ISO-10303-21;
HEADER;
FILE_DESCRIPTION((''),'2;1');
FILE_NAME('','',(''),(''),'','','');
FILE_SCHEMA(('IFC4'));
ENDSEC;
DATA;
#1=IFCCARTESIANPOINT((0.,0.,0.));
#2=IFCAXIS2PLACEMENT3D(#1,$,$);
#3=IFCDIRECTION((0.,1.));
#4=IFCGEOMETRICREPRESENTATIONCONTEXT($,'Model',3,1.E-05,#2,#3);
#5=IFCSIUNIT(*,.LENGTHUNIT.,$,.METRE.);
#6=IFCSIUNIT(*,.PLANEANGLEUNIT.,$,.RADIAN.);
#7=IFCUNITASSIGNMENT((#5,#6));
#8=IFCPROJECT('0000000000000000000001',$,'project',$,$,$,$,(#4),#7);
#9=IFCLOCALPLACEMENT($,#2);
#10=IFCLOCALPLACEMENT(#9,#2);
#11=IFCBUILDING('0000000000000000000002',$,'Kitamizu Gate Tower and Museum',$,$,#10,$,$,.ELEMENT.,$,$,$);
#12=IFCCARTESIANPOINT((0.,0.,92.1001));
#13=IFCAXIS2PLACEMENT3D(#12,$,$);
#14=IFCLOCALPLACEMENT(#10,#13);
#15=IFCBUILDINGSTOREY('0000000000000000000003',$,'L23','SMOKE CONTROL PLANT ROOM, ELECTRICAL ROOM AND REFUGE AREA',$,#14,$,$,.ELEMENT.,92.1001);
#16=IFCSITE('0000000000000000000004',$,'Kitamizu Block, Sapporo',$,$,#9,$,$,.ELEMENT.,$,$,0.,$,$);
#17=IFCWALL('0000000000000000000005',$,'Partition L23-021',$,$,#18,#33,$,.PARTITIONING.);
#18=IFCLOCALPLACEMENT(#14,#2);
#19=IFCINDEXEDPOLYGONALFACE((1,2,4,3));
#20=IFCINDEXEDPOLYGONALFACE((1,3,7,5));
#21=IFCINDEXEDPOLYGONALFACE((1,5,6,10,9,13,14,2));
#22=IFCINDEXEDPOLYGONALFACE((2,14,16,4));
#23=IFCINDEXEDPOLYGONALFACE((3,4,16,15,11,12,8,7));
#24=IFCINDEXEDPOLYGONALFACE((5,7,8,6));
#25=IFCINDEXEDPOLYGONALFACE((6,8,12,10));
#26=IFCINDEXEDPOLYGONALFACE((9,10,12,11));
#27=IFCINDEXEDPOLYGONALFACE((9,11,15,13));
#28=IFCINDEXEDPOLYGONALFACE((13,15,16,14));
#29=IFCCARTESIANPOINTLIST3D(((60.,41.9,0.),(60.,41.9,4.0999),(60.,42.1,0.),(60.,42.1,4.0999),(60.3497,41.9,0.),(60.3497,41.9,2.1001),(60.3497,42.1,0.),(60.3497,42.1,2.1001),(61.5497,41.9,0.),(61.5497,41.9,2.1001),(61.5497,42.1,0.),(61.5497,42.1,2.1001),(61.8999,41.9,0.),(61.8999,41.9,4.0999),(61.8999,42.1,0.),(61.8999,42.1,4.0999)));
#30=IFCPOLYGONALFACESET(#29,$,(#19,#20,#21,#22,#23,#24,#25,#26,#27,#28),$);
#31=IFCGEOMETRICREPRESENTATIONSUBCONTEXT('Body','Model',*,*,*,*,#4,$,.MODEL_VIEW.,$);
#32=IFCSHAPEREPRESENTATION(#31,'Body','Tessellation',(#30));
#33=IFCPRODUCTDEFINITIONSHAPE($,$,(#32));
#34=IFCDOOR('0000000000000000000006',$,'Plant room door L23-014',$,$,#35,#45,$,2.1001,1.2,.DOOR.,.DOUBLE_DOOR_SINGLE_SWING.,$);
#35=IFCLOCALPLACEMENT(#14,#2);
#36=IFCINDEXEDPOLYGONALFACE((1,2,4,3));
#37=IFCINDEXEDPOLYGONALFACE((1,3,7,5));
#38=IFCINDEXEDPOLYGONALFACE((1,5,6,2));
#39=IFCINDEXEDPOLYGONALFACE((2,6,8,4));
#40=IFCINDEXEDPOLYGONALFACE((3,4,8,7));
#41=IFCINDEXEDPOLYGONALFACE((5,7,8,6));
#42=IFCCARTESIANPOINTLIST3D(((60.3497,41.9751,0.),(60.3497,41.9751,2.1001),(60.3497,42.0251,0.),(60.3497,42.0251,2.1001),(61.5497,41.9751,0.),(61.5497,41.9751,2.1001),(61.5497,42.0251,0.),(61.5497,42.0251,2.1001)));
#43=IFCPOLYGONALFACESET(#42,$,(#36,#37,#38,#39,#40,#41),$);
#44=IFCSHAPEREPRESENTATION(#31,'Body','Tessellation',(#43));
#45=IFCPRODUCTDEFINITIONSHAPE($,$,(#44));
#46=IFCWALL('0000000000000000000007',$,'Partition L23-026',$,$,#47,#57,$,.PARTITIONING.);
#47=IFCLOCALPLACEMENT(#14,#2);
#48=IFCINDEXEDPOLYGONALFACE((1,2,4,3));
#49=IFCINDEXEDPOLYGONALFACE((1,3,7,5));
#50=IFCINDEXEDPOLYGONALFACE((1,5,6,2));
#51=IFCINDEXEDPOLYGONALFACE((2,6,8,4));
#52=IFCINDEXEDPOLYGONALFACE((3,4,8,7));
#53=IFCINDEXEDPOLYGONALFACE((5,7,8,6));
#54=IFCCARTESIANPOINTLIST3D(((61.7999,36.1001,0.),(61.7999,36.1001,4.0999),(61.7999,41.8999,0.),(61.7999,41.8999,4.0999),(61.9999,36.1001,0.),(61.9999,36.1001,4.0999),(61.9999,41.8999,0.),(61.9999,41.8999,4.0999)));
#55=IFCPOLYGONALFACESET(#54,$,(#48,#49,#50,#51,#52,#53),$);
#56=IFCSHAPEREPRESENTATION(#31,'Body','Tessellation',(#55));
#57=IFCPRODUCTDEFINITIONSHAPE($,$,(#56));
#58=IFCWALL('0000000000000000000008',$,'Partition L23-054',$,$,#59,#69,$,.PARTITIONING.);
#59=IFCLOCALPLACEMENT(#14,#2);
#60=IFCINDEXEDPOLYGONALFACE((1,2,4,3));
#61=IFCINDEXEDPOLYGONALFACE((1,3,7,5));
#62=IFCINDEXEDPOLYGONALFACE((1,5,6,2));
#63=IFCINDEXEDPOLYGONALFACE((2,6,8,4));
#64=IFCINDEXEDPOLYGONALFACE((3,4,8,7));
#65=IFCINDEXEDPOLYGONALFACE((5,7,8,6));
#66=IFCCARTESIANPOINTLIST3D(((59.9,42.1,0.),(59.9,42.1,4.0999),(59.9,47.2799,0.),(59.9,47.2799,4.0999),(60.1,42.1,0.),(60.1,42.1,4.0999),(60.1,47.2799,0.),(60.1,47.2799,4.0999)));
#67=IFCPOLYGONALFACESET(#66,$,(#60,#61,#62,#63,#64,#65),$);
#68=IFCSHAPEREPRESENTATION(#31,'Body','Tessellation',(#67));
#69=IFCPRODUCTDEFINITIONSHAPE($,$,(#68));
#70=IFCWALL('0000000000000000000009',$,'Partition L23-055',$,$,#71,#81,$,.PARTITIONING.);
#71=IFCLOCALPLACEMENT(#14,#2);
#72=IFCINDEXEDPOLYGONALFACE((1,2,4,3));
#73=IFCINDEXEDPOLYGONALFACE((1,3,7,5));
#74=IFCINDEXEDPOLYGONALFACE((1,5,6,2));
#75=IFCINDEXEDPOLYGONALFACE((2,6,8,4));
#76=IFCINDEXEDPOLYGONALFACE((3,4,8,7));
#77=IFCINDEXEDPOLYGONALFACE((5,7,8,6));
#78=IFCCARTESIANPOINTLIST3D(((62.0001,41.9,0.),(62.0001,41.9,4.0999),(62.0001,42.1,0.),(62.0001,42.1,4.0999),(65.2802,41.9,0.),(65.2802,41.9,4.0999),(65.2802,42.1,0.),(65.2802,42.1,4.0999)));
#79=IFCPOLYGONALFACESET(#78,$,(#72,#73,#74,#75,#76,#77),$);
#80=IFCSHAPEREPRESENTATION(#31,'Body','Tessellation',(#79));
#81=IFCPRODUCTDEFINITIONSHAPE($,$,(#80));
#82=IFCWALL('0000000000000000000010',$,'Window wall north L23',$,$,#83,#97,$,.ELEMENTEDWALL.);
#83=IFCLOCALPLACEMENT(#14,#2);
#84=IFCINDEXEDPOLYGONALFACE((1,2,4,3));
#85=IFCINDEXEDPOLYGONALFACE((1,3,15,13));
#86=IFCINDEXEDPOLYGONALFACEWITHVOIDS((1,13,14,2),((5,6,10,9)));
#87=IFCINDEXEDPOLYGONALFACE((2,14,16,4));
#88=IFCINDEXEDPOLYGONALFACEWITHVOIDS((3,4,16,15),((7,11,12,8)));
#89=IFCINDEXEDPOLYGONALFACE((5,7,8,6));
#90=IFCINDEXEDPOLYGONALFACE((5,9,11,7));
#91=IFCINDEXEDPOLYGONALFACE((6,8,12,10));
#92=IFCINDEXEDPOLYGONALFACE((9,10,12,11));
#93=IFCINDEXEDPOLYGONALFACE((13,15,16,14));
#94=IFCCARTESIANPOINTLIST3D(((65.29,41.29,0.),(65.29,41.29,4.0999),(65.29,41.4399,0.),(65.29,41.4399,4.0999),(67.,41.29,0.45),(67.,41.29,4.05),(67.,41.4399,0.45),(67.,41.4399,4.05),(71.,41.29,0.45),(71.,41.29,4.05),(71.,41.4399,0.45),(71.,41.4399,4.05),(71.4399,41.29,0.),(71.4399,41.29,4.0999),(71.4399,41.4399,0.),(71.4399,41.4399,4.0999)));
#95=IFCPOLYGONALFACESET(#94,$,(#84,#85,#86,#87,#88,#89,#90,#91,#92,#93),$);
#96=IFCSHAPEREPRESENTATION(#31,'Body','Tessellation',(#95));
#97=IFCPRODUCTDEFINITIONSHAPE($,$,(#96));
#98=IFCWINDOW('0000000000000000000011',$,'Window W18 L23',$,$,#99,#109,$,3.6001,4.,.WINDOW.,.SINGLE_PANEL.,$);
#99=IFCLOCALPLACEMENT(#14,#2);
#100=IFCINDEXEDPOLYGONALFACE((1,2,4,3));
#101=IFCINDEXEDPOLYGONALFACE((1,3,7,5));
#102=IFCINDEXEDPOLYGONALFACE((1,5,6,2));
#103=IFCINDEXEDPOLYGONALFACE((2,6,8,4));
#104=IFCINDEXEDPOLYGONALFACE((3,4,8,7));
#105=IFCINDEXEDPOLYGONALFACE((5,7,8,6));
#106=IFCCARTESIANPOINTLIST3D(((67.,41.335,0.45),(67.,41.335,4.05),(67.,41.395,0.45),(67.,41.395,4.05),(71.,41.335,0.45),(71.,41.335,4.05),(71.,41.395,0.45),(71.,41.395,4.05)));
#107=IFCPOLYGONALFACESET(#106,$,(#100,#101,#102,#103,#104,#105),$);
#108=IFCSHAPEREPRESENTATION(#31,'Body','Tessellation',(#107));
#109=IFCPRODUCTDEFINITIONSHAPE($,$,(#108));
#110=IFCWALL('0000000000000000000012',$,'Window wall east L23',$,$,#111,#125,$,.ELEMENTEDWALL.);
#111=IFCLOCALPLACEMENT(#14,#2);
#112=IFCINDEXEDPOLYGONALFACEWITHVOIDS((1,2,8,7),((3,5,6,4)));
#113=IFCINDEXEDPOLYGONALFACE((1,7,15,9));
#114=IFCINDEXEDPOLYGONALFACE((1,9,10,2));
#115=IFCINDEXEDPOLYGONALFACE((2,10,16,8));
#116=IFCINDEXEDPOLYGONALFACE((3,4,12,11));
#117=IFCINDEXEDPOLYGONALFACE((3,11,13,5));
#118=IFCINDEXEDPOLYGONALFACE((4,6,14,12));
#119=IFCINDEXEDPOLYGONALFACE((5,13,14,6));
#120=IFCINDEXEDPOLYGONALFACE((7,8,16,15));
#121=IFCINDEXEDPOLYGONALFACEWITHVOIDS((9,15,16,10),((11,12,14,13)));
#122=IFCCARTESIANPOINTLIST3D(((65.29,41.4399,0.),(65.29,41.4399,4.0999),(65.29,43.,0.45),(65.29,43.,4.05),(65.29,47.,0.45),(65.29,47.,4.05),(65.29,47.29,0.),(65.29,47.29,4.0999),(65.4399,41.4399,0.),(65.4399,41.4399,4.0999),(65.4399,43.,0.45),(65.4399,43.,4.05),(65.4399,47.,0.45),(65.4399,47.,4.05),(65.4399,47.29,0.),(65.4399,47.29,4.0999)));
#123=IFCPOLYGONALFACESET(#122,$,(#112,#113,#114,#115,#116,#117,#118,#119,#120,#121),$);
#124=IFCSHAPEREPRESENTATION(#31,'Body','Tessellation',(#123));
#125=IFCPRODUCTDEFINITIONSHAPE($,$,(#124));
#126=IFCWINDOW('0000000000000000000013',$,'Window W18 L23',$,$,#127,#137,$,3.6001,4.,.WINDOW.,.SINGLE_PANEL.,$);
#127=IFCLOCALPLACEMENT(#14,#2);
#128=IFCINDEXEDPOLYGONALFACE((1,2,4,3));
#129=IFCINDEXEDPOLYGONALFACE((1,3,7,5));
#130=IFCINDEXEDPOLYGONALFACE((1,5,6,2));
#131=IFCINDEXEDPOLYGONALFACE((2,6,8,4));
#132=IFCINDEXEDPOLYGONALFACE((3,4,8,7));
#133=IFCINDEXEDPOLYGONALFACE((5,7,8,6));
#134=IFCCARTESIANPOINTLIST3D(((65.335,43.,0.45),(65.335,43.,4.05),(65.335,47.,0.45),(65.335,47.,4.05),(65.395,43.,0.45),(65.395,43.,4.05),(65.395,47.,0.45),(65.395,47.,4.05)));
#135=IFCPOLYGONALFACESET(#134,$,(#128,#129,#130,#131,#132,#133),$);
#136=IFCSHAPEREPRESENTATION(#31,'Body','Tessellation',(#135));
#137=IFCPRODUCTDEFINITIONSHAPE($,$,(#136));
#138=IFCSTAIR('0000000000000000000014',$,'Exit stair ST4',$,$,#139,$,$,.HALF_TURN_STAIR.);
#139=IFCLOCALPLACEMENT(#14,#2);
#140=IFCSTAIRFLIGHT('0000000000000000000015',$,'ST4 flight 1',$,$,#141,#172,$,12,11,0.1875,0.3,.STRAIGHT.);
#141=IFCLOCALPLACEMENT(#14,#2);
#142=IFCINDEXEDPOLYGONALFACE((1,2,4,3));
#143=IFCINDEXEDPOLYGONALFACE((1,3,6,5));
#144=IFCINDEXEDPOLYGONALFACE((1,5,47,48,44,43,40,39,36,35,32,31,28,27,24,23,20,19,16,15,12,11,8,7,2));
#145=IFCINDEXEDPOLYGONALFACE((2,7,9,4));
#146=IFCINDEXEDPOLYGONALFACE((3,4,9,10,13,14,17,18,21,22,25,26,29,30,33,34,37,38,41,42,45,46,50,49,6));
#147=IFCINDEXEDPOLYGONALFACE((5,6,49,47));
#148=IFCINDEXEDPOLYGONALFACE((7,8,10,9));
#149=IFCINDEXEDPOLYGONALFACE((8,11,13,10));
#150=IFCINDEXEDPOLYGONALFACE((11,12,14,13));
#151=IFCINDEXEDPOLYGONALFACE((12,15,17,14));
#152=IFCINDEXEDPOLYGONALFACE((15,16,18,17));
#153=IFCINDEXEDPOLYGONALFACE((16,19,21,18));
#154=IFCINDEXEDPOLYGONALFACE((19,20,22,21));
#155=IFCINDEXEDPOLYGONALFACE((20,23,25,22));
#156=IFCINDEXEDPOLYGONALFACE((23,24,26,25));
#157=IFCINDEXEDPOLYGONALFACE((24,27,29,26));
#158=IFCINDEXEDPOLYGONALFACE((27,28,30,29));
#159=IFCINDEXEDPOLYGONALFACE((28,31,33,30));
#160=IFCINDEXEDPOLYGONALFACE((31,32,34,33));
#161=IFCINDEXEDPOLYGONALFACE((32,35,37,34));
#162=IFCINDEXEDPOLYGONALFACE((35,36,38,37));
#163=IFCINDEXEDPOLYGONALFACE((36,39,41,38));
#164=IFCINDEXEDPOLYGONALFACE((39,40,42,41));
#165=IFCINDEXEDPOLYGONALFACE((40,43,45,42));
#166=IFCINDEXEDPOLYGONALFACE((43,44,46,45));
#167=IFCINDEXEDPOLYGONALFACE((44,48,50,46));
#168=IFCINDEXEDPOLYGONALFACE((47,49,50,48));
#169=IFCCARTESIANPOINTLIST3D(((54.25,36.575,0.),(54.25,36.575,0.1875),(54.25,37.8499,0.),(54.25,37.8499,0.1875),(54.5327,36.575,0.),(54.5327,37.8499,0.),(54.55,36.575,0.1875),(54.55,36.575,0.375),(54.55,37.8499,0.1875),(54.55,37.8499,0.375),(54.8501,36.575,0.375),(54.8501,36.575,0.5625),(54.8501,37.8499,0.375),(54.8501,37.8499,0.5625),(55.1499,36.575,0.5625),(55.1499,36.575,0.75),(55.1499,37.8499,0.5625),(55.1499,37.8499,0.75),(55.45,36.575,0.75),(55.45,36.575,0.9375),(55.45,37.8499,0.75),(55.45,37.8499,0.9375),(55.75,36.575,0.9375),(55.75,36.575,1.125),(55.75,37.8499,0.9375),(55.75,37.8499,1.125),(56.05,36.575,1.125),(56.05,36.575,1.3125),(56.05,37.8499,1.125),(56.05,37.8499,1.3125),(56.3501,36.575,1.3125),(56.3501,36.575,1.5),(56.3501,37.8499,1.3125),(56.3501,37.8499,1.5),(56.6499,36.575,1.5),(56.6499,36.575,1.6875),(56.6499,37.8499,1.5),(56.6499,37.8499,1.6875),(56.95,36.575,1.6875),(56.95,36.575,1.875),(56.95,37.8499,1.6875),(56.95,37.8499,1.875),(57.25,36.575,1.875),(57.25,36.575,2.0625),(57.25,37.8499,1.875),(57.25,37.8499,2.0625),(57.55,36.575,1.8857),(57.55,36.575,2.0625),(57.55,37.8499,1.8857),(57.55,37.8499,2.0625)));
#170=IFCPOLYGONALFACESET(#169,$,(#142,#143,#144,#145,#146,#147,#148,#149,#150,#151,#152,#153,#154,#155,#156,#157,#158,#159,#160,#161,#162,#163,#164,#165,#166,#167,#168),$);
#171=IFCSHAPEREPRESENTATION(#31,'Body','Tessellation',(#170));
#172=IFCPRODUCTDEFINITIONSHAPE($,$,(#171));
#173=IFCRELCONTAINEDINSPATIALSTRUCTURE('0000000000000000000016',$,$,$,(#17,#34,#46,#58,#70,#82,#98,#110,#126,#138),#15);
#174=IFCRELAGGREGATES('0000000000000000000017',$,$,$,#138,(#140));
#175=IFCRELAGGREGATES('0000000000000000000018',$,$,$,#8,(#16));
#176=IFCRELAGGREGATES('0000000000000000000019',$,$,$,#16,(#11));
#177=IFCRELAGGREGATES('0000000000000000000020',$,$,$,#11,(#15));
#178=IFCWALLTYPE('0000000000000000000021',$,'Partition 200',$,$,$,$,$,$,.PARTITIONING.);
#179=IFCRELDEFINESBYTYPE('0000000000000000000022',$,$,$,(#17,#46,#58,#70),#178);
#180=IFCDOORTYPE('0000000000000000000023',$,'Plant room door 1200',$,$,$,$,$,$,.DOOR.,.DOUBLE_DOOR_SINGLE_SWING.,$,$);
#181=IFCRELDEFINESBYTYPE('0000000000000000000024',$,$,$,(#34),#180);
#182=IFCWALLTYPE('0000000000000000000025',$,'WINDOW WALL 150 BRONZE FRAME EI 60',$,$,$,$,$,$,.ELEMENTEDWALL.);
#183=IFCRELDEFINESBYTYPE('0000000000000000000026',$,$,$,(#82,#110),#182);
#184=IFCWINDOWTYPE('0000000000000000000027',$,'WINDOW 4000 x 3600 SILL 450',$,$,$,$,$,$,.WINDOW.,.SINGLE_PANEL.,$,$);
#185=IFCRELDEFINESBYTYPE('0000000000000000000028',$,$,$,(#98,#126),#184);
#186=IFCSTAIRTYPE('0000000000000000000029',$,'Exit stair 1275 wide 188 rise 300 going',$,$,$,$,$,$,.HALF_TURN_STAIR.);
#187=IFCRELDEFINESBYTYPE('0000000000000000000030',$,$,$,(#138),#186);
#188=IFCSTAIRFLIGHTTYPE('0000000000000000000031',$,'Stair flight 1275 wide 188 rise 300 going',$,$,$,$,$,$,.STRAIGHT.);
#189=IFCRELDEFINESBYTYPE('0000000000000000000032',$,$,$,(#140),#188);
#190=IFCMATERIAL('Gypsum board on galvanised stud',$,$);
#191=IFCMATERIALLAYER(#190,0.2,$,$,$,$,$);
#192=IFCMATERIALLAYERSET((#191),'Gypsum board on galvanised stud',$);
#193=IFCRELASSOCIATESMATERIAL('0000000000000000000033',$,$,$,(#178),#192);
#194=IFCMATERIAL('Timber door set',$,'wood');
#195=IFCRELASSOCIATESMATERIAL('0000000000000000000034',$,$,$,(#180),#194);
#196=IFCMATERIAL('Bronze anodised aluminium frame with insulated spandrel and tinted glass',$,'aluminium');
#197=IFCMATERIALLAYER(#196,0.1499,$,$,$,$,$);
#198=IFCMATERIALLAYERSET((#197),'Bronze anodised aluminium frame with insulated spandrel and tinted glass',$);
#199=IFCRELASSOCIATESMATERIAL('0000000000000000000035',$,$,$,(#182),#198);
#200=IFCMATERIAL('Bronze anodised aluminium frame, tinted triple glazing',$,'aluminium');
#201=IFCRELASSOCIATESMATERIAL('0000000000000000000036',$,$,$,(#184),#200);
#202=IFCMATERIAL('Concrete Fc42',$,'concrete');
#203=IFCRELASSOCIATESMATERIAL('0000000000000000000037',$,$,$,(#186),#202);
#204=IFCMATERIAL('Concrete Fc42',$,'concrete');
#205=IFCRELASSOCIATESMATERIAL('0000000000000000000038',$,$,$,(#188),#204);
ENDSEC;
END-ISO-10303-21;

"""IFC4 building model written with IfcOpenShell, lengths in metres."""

from ifc_helpers import new_model, si_unit, direction, frame, frame_2d, origin, place, context, subcontext, project, spatial, polyline, rectangle, outline, extrude, material, layer, layer_set, type_object, element, fill, aggregate, save


model = new_model("IFC4")

# Units and contexts
model_context = context("Model", 3, precision=1e-05, world=origin(), true_north=direction((0.0, 1.0)))
body_context = subcontext(model_context, "Body", "Model", "MODEL_VIEW")
ifc_project = project(units=[si_unit("LENGTHUNIT", "METRE"), si_unit("PLANEANGLEUNIT", "RADIAN")], contexts=[model_context])

# Site, building, storey
site_placement = place(None, origin())
site = spatial("IfcSite", under=ifc_project, at=site_placement, Name="Kitamizu Block, Sapporo", CompositionType="ELEMENT", RefElevation=0.0)
building_placement = place(site_placement, origin())
building = spatial("IfcBuilding", under=site, at=building_placement, Name="Kitamizu Gate Tower and Museum", CompositionType="ELEMENT")
storey_placement = place(building_placement, frame((0.0, 0.0, 92.1001)))
storey = spatial("IfcBuildingStorey", under=building, at=storey_placement, Name="L23", Description="SMOKE CONTROL PLANT ROOM, ELECTRICAL ROOM AND REFUGE AREA", CompositionType="ELEMENT", Elevation=92.1001)

# Wall, opening, door
ifc_material_1 = material(Name="Gypsum board on galvanised stud")
ifc_layer_1 = layer(ifc_material_1, 0.2)
ifc_layer_set_1 = layer_set([ifc_layer_1], Name="Gypsum board on galvanised stud")
wall_type_1 = type_object("IfcWallType", Name="Partition 200", PredefinedType="PARTITIONING", material=ifc_layer_set_1)
ifc_material_2 = material(Name="Timber door set", Category="wood")
door_type_1 = type_object("IfcDoorType", Name="Plant room door 1200", OperationType="DOUBLE_DOOR_SINGLE_SWING", PredefinedType="DOOR", material=ifc_material_2)
wall_1_placement = place(storey_placement, frame((61.8999, 42.0, 0.0), z_axis=(0.0, 0.0, 1.0), x_axis=(-1.0, 0.0, 0.0)))
wall_1 = element("IfcWall", 1, at=wall_1_placement, inside=storey, type_object=wall_type_1, Name="Partition L23-021", PredefinedType="PARTITIONING", context=body_context, shape_type="SweptSolid", body=[
    extrude(rectangle(XDim=1.8999, YDim=0.2, at=frame_2d((0.95, 0.0))), origin(), (0.0, 0.0, 1.0), 4.0999),
])
opening_1_placement = place(wall_1_placement, frame((0.3501, 0.0, 0.0)))
opening_1 = element("IfcOpeningElement", 2, at=opening_1_placement, cuts=wall_1, PredefinedType="OPENING", context=body_context, shape_type="SweptSolid", body=[
    extrude(rectangle(XDim=1.2, YDim=2.1001, at=frame_2d((0.6001, 1.05))), frame((0.0, 0.1099, 0.0), z_axis=(0.0, -1.0, 0.0), x_axis=(1.0, 0.0, 0.0)), (0.0, 0.0, 1.0), 0.22),
])
door_1_placement = place(opening_1_placement, origin())
door_1 = element("IfcDoor", 3, at=door_1_placement, inside=storey, type_object=door_type_1, Name="Plant room door L23-014", OperationType="DOUBLE_DOOR_SINGLE_SWING", OverallHeight=2.1001, OverallWidth=1.2, PredefinedType="DOOR", context=body_context, shape_type="SweptSolid", body=[
    extrude(rectangle(XDim=1.2, YDim=2.1001, at=frame_2d((0.6001, 1.05))), frame((0.0, 0.0249, 0.0), z_axis=(0.0, -1.0, 0.0), x_axis=(1.0, 0.0, 0.0)), (0.0, 0.0, 1.0), 0.05),
])
fill(opening_1, door_1)

# Walls
wall_2_placement = place(storey_placement, frame((61.8999, 36.1001, 0.0), z_axis=(0.0, 0.0, 1.0), x_axis=(0.0, 1.0, 0.0)))
element("IfcWall", 4, at=wall_2_placement, inside=storey, type_object=wall_type_1, Name="Partition L23-026", PredefinedType="PARTITIONING", context=body_context, shape_type="SweptSolid", body=[
    extrude(rectangle(XDim=5.7998, YDim=0.2, at=frame_2d((2.8999, 0.0))), origin(), (0.0, 0.0, 1.0), 4.0999),
])
wall_3_placement = place(storey_placement, frame((60.0, 42.1001, 0.0), z_axis=(0.0, 0.0, 1.0), x_axis=(0.0, 1.0, 0.0)))
element("IfcWall", 5, at=wall_3_placement, inside=storey, type_object=wall_type_1, Name="Partition L23-054", PredefinedType="PARTITIONING", context=body_context, shape_type="SweptSolid", body=[
    extrude(rectangle(XDim=5.1799, YDim=0.2, at=frame_2d((2.5898, 0.0))), origin(), (0.0, 0.0, 1.0), 4.0999),
])
wall_4_placement = place(storey_placement, frame((62.0, 42.0, 0.0), z_axis=(0.0, 0.0, 1.0), x_axis=(1.0, 0.0, 0.0)))
element("IfcWall", 6, at=wall_4_placement, inside=storey, type_object=wall_type_1, Name="Partition L23-055", PredefinedType="PARTITIONING", context=body_context, shape_type="SweptSolid", body=[
    extrude(rectangle(XDim=3.28, YDim=0.2, at=frame_2d((1.6401, 0.0))), origin(), (0.0, 0.0, 1.0), 4.0999),
])

# Walls, openings, windows
ifc_material_3 = material(Name="Bronze anodised aluminium frame with insulated spandrel and tinted glass", Category="aluminium")
ifc_layer_2 = layer(ifc_material_3, 0.1499)
ifc_layer_set_2 = layer_set([ifc_layer_2], Name="Bronze anodised aluminium frame with insulated spandrel and tinted glass")
wall_type_2 = type_object("IfcWallType", Name="WINDOW WALL 150 BRONZE FRAME EI 60", PredefinedType="ELEMENTEDWALL", material=ifc_layer_set_2)
wall_5_placement = place(storey_placement, frame((65.29, 41.365, 0.0), z_axis=(0.0, 0.0, 1.0), x_axis=(1.0, 0.0, 0.0)))
wall_5 = element("IfcWall", 7, at=wall_5_placement, inside=storey, type_object=wall_type_2, Name="Window wall north L23", PredefinedType="ELEMENTEDWALL", context=body_context, shape_type="SweptSolid", body=[
    extrude(rectangle(XDim=6.1499, YDim=0.1499, at=frame_2d((3.075, 0.0))), origin(), (0.0, 0.0, 1.0), 4.0999),
])
opening_2_placement = place(wall_5_placement, frame((1.71, 0.0, 0.45)))
opening_2 = element("IfcOpeningElement", 8, at=opening_2_placement, cuts=wall_5, PredefinedType="OPENING", context=body_context, shape_type="SweptSolid", body=[
    extrude(rectangle(XDim=4.0, YDim=3.6001, at=frame_2d((2.0, 1.8))), frame((0.0, 0.085, 0.0), z_axis=(0.0, -1.0, 0.0), x_axis=(1.0, 0.0, 0.0)), (0.0, 0.0, 1.0), 0.1699),
])
ifc_material_4 = material(Name="Bronze anodised aluminium frame, tinted triple glazing", Category="aluminium")
window_type = type_object("IfcWindowType", Name="WINDOW 4000 x 3600 SILL 450", PartitioningType="SINGLE_PANEL", PredefinedType="WINDOW", material=ifc_material_4)
window_1_placement = place(opening_2_placement, origin())
window_1 = element("IfcWindow", 9, at=window_1_placement, inside=storey, type_object=window_type, Name="Window W18 L23", OverallHeight=3.6001, OverallWidth=4.0, PartitioningType="SINGLE_PANEL", PredefinedType="WINDOW", context=body_context, shape_type="SweptSolid", body=[
    extrude(rectangle(XDim=4.0, YDim=3.6001, at=frame_2d((2.0, 1.8))), frame((0.0, 0.03, 0.0), z_axis=(0.0, -1.0, 0.0), x_axis=(1.0, 0.0, 0.0)), (0.0, 0.0, 1.0), 0.0601),
])
fill(opening_2, window_1)
wall_6_placement = place(storey_placement, frame((65.365, 41.4399, 0.0), z_axis=(0.0, 0.0, 1.0), x_axis=(0.0, 1.0, 0.0)))
wall_6 = element("IfcWall", 10, at=wall_6_placement, inside=storey, type_object=wall_type_2, Name="Window wall east L23", PredefinedType="ELEMENTEDWALL", context=body_context, shape_type="SweptSolid", body=[
    extrude(rectangle(XDim=5.8501, YDim=0.1499, at=frame_2d((2.925, 0.0))), origin(), (0.0, 0.0, 1.0), 4.0999),
])
opening_3_placement = place(wall_6_placement, frame((1.5601, 0.0, 0.45)))
opening_3 = element("IfcOpeningElement", 11, at=opening_3_placement, cuts=wall_6, PredefinedType="OPENING", context=body_context, shape_type="SweptSolid", body=[
    extrude(rectangle(XDim=4.0, YDim=3.6001, at=frame_2d((2.0, 1.8))), frame((0.0, 0.085, 0.0), z_axis=(0.0, -1.0, 0.0), x_axis=(1.0, 0.0, 0.0)), (0.0, 0.0, 1.0), 0.1699),
])
window_2_placement = place(opening_3_placement, origin())
window_2 = element("IfcWindow", 12, at=window_2_placement, inside=storey, type_object=window_type, Name="Window W18 L23", OverallHeight=3.6001, OverallWidth=4.0, PartitioningType="SINGLE_PANEL", PredefinedType="WINDOW", context=body_context, shape_type="SweptSolid", body=[
    extrude(rectangle(XDim=4.0, YDim=3.6001, at=frame_2d((2.0, 1.8))), frame((0.0, 0.03, 0.0), z_axis=(0.0, -1.0, 0.0), x_axis=(1.0, 0.0, 0.0)), (0.0, 0.0, 1.0), 0.0601),
])
fill(opening_3, window_2)

# Stair, stair flight
ifc_material_5 = material(Name="Concrete Fc42", Category="concrete")
stair_type = type_object("IfcStairType", Name="Exit stair 1275 wide 188 rise 300 going", PredefinedType="HALF_TURN_STAIR", material=ifc_material_5)
stair_placement = place(storey_placement, origin())
stair = element("IfcStair", 13, at=stair_placement, inside=storey, type_object=stair_type, Name="Exit stair ST4", PredefinedType="HALF_TURN_STAIR")
ifc_material_6 = material(Name="Concrete Fc42", Category="concrete")
stair_flight_type = type_object("IfcStairFlightType", Name="Stair flight 1275 wide 188 rise 300 going", PredefinedType="STRAIGHT", material=ifc_material_6)
stair_flight_placement = place(storey_placement, frame((54.25, 37.2124, 0.0), z_axis=(0.0, 0.0, 1.0), x_axis=(1.0, 0.0, 0.0)))
stair_flight = element("IfcStairFlight", 14, at=stair_flight_placement, type_object=stair_flight_type, Name="ST4 flight 1", NumberOfRisers=12, NumberOfTreads=11, PredefinedType="STRAIGHT", RiserHeight=0.1875, TreadLength=0.3, context=body_context, shape_type="SweptSolid", body=[
    extrude(outline(polyline([(0.0, 0.0), (0.0, 0.1875), (0.3, 0.1875), (0.3, 0.375), (0.6001, 0.375), (0.6001, 0.5625), (0.8999, 0.5625), (0.8999, 0.75), (1.2, 0.75), (1.2, 0.9375), (1.5, 0.9375), (1.5, 1.125), (1.8, 1.125), (1.8, 1.3125), (2.1001, 1.3125), (2.1001, 1.5), (2.3999, 1.5), (2.3999, 1.6875), (2.7, 1.6875), (2.7, 1.875), (3.0, 1.875), (3.0, 2.0625), (3.3, 2.0625), (3.3, 2.25), (3.3, 1.8857), (0.2827, 0.0), (0.0, 0.0)])), frame((0.0, 0.6375, 0.0), z_axis=(0.0, -1.0, 0.0), x_axis=(1.0, 0.0, 0.0)), (0.0, 0.0, 1.0), 1.2749),
])
aggregate(stair, [stair_flight])

save(model, "model.ifc")
